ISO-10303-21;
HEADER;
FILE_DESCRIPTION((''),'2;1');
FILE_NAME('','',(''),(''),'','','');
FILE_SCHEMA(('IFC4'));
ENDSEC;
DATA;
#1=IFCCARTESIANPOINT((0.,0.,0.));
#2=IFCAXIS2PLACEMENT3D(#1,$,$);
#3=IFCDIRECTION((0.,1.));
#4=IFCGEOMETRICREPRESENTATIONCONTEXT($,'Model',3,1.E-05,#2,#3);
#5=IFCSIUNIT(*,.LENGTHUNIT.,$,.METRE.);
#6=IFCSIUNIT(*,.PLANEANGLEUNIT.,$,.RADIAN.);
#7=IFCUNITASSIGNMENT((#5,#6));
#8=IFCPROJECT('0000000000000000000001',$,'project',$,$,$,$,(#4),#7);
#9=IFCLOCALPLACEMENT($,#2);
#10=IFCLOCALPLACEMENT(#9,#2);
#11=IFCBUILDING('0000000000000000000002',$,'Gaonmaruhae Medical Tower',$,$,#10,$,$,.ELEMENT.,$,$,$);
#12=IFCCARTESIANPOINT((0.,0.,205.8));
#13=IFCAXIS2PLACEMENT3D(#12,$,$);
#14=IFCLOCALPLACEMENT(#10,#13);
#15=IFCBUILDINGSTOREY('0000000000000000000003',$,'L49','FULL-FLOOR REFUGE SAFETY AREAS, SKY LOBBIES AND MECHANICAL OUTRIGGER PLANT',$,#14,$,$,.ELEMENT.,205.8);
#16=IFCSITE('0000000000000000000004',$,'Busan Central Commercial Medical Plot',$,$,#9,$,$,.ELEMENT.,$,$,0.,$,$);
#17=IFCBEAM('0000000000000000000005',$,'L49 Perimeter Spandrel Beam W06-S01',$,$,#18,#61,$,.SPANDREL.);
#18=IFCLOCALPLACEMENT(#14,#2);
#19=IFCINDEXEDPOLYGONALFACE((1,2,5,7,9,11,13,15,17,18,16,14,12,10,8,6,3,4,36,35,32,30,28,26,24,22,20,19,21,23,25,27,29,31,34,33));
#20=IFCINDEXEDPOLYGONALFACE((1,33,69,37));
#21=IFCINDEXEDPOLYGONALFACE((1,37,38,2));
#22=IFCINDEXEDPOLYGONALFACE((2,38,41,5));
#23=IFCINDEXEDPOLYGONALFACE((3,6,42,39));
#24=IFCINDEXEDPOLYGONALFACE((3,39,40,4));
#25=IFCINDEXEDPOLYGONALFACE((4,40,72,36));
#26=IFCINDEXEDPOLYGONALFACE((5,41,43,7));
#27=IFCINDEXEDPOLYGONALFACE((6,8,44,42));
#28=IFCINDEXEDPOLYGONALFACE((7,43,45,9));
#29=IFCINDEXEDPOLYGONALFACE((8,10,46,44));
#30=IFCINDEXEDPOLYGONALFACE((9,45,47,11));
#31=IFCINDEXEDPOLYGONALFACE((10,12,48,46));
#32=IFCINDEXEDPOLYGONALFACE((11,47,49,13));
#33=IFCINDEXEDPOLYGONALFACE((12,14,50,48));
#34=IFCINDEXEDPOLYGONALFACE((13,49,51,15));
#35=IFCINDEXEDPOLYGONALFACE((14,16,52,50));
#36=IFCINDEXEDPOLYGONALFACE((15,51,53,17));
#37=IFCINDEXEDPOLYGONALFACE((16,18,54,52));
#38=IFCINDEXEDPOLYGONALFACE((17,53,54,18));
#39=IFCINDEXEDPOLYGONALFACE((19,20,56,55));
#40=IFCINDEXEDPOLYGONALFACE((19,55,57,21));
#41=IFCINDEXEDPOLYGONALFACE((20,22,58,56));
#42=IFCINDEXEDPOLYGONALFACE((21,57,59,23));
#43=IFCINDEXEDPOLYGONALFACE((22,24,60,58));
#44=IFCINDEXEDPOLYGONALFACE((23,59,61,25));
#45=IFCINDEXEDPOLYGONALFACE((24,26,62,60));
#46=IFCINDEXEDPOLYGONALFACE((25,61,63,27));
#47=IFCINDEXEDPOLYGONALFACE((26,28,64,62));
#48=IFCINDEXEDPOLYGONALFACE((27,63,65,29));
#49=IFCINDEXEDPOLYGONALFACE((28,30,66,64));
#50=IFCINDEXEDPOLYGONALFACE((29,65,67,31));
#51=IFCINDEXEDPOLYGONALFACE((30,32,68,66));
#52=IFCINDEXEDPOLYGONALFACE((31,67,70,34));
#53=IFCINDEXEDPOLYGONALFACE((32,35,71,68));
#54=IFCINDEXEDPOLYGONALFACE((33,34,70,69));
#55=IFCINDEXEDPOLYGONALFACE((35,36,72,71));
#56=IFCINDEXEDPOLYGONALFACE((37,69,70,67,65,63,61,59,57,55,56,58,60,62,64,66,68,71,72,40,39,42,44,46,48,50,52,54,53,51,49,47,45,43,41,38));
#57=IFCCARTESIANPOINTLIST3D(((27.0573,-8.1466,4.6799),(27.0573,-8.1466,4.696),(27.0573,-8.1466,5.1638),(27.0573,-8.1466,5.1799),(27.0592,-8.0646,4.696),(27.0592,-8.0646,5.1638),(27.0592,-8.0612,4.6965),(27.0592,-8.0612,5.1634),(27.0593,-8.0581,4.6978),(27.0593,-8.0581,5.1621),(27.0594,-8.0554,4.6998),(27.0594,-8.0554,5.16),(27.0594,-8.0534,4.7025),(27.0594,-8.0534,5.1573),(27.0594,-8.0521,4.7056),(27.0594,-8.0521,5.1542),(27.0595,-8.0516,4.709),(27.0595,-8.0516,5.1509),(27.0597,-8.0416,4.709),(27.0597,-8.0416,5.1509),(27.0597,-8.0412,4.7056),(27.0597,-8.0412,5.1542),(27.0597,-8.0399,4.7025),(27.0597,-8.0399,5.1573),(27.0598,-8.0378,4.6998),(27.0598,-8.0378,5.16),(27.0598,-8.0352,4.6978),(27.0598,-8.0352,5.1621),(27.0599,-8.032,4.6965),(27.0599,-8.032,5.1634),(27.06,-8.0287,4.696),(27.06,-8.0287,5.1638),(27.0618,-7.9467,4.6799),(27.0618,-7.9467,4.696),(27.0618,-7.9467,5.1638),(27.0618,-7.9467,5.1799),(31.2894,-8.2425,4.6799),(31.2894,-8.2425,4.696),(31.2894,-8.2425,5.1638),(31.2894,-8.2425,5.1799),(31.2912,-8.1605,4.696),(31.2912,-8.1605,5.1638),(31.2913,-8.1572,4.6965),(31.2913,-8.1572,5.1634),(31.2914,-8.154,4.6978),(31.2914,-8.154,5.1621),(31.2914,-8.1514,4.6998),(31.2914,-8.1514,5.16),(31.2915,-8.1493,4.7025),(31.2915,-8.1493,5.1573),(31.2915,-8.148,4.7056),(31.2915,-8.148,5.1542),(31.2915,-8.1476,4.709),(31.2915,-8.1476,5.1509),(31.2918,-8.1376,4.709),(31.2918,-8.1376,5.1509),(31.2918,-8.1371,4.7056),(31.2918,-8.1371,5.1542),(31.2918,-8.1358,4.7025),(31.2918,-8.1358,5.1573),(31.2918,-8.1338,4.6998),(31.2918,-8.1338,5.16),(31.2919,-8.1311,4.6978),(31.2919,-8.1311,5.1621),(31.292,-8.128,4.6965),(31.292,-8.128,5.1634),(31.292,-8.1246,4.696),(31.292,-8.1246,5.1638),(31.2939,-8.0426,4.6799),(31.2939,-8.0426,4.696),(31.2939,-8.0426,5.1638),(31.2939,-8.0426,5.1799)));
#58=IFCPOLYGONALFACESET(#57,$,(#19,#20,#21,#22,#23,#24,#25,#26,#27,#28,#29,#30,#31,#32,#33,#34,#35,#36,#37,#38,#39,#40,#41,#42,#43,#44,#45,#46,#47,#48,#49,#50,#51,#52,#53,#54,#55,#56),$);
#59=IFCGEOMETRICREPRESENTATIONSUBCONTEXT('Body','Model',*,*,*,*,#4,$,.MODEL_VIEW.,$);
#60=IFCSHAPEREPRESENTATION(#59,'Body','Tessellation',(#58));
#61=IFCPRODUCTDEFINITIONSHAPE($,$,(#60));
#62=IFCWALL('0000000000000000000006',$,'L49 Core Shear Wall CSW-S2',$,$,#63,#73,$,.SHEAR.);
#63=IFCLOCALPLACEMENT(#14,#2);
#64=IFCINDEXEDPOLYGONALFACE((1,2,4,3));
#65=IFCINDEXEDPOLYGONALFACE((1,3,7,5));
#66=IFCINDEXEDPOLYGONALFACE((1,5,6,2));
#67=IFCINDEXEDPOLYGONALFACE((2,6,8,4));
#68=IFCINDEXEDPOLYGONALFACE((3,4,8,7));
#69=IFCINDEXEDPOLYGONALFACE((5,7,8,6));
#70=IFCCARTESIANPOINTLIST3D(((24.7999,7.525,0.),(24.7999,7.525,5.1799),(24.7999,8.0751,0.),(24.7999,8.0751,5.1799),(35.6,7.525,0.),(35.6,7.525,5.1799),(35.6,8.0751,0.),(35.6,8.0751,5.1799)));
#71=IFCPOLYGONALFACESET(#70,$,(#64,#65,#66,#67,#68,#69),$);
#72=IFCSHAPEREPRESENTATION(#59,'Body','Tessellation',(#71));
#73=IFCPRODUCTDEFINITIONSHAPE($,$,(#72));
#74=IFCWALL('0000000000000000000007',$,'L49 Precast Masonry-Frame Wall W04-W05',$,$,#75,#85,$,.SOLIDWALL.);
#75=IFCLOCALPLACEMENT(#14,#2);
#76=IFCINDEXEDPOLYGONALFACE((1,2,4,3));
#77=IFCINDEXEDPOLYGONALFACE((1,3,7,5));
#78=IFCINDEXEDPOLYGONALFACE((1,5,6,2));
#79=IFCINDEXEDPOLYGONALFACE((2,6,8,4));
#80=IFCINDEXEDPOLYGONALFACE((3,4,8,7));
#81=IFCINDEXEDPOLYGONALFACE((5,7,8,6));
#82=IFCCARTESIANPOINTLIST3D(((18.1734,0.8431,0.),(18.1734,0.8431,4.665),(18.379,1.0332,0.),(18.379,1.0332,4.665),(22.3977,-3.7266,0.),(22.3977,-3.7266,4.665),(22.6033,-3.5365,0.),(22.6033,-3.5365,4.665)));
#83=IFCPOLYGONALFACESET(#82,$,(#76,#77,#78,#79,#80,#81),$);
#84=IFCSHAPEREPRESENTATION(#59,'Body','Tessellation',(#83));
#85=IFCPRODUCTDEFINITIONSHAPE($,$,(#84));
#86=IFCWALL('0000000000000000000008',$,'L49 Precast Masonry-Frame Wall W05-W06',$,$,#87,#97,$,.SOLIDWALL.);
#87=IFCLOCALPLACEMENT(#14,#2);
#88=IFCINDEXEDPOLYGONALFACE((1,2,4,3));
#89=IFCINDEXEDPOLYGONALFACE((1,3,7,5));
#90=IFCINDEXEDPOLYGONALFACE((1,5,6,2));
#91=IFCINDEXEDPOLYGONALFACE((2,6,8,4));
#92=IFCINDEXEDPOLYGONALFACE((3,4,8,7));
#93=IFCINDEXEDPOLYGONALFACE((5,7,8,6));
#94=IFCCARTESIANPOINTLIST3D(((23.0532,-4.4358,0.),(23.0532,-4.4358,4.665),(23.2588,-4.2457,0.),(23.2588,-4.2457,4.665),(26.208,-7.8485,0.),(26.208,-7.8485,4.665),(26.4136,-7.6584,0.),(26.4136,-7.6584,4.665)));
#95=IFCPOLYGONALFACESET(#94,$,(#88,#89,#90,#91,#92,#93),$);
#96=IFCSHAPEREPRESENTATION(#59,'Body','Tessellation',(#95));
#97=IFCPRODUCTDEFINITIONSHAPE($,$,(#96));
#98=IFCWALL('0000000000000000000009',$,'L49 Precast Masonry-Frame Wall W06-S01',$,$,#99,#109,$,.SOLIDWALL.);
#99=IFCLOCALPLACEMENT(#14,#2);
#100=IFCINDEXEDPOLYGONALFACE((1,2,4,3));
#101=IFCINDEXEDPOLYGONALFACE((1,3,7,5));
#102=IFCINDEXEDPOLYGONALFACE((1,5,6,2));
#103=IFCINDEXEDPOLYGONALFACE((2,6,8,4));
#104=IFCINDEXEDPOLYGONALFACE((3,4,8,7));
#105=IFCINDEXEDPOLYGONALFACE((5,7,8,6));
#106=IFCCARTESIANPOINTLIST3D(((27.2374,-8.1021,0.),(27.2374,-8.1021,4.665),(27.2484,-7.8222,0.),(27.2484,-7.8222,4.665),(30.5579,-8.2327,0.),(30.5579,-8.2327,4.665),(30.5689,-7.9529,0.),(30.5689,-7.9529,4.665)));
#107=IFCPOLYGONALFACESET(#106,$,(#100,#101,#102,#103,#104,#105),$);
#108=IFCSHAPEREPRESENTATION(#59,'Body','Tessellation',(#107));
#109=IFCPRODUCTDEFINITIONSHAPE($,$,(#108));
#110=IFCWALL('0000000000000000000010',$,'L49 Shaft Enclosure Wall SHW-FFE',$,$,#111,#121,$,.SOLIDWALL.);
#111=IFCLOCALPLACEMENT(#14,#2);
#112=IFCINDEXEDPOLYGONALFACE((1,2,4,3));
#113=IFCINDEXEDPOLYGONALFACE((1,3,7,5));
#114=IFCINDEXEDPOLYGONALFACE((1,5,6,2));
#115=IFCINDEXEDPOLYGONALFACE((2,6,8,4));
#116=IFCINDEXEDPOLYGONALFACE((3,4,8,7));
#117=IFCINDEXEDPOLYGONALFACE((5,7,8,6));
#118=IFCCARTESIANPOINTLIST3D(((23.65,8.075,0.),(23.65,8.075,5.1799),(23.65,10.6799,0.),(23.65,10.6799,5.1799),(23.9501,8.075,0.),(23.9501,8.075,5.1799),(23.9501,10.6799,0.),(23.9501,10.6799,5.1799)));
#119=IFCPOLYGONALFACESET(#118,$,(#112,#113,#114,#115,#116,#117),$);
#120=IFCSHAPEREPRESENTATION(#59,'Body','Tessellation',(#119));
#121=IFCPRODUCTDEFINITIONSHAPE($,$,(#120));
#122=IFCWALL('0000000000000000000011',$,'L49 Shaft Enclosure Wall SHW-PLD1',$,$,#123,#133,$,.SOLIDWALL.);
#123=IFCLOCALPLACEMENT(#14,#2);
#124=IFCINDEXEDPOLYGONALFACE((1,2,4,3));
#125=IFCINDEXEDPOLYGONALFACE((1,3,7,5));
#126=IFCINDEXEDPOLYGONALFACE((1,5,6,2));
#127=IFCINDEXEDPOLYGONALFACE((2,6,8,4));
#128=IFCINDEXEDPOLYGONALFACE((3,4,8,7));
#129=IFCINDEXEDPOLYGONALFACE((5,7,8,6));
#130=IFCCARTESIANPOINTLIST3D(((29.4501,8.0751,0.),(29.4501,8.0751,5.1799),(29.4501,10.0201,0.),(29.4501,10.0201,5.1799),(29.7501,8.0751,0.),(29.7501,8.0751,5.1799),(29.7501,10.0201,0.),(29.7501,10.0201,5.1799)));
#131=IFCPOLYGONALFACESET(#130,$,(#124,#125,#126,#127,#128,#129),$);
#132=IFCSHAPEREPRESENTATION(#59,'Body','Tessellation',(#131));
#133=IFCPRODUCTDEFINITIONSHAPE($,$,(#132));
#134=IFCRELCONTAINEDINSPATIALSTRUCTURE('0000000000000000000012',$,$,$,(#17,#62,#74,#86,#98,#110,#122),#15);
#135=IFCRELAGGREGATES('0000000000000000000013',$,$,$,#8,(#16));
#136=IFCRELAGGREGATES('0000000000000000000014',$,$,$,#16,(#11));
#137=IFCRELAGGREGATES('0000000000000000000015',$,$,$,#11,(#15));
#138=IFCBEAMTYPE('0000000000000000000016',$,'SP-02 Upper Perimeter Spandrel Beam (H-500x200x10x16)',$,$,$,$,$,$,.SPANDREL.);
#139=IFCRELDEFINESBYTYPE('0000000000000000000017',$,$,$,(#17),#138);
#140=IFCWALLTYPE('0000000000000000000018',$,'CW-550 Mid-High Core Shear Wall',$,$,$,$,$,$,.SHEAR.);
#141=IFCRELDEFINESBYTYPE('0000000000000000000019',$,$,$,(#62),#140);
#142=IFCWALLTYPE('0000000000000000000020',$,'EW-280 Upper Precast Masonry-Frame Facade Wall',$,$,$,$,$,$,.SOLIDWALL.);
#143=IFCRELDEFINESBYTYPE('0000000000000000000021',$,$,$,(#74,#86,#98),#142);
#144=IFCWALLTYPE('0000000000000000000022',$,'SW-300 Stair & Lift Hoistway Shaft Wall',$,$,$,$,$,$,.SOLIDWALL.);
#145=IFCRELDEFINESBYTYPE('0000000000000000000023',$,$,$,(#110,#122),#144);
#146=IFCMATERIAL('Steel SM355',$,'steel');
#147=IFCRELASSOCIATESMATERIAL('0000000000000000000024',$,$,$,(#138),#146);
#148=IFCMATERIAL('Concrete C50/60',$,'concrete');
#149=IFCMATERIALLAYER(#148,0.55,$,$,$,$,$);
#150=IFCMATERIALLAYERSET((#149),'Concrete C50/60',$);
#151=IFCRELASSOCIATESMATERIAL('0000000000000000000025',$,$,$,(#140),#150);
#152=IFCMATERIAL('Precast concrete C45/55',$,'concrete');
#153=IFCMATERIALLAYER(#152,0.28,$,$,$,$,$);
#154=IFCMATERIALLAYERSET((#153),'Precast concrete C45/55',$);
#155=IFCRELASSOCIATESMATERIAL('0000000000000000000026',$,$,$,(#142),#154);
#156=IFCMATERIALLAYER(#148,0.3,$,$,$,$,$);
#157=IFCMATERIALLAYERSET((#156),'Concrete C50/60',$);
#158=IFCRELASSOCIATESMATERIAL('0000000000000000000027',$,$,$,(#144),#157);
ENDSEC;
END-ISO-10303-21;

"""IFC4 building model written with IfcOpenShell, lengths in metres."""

from ifc_helpers import new_model, si_unit, direction, frame, frame_2d, origin, origin_2d, place, context, subcontext, project, spatial, rectangle, i_section, extrude, material, layer, layer_set, material_profile, profile_set, type_object, element, save


model = new_model("IFC4")

# Units and contexts
model_context = context("Model", 3, precision=1e-05, world=origin(), true_north=direction((0.0, 1.0)))
body_context = subcontext(model_context, "Body", "Model", "MODEL_VIEW")
ifc_project = project(units=[si_unit("LENGTHUNIT", "METRE"), si_unit("PLANEANGLEUNIT", "RADIAN")], contexts=[model_context])

# Site, building, storey
site_placement = place(None, origin())
site = spatial("IfcSite", under=ifc_project, at=site_placement, Name="Busan Central Commercial Medical Plot", CompositionType="ELEMENT", RefElevation=0.0)
building_placement = place(site_placement, origin())
building = spatial("IfcBuilding", under=site, at=building_placement, Name="Gaonmaruhae Medical Tower", CompositionType="ELEMENT")
storey_placement = place(building_placement, frame((0.0, 0.0, 205.8)))
storey = spatial("IfcBuildingStorey", under=building, at=storey_placement, Name="L49", Description="FULL-FLOOR REFUGE SAFETY AREAS, SKY LOBBIES AND MECHANICAL OUTRIGGER PLANT", CompositionType="ELEMENT", Elevation=205.8)

# Shared definitions
ifc_material_1 = material(Name="Concrete C50/60", Category="concrete")

# Beam
ifc_material_2 = material(Name="Steel SM355", Category="steel")
ifc_material_profile_1 = material_profile(ifc_material_2, i_section(OverallWidth=0.2, OverallDepth=0.5, WebThickness=0.01, FlangeThickness=0.0161, FilletRadius=0.0129, at=origin_2d()), Name="H-500x200x10x16")
ifc_profile_set_1 = profile_set([ifc_material_profile_1], Name="Steel SM355")
beam_type_1 = type_object("IfcBeamType", Name="SP-02 Upper Perimeter Spandrel Beam (H-500x200x10x16)", PredefinedType="SPANDREL", material=ifc_profile_set_1)
beam_1_placement = place(storey_placement, frame((27.0596, -8.0466, 4.9299), z_axis=(0.999743, -0.022665, 0.0), x_axis=(0.022665, 0.999743, 0.0)))
element("IfcBeam", 1, at=beam_1_placement, inside=storey, type_object=beam_type_1, Name="L49 Perimeter Spandrel Beam W06-S01", PredefinedType="SPANDREL", context=body_context, shape_type="SweptSolid", body=[
    extrude(i_section(OverallWidth=0.2, OverallDepth=0.5, WebThickness=0.01, FlangeThickness=0.0161, FilletRadius=0.0129, at=origin_2d()), origin(), (0.0, 0.0, 1.0), 4.2332),
])

# Walls
ifc_layer_1 = layer(ifc_material_1, 0.55)
ifc_layer_set_1 = layer_set([ifc_layer_1], Name="Concrete C50/60")
wall_type_1 = type_object("IfcWallType", Name="CW-550 Mid-High Core Shear Wall", PredefinedType="SHEAR", material=ifc_layer_set_1)
wall_1_placement = place(storey_placement, frame((24.8, 7.8, 0.0), z_axis=(0.0, 0.0, 1.0), x_axis=(1.0, 0.0, 0.0)))
element("IfcWall", 2, at=wall_1_placement, inside=storey, type_object=wall_type_1, Name="L49 Core Shear Wall CSW-S2", PredefinedType="SHEAR", context=body_context, shape_type="SweptSolid", body=[
    extrude(rectangle(XDim=10.8, YDim=0.55, at=frame_2d((5.3999, 0.0))), origin(), (0.0, 0.0, 1.0), 5.1799),
])
ifc_material_3 = material(Name="Precast concrete C45/55", Category="concrete")
ifc_layer_2 = layer(ifc_material_3, 0.28)
ifc_layer_set_2 = layer_set([ifc_layer_2], Name="Precast concrete C45/55")
wall_type_2 = type_object("IfcWallType", Name="EW-280 Upper Precast Masonry-Frame Facade Wall", PredefinedType="SOLIDWALL", material=ifc_layer_set_2)
wall_2_placement = place(storey_placement, frame((22.5005, -3.6316, 0.0), z_axis=(0.0, 0.0, 1.0), x_axis=(-0.678806, 0.734317, 0.0)))
element("IfcWall", 3, at=wall_2_placement, inside=storey, type_object=wall_type_2, Name="L49 Precast Masonry-Frame Wall W04-W05", PredefinedType="SOLIDWALL", context=body_context, shape_type="SweptSolid", body=[
    extrude(rectangle(XDim=6.2231, YDim=0.28, at=frame_2d((3.1116, 0.0))), origin(), (0.0, 0.0, 1.0), 4.665),
])
wall_3_placement = place(storey_placement, frame((26.3108, -7.7534, 0.0), z_axis=(0.0, 0.0, 1.0), x_axis=(-0.678825, 0.7343, 0.0)))
element("IfcWall", 4, at=wall_3_placement, inside=storey, type_object=wall_type_2, Name="L49 Precast Masonry-Frame Wall W05-W06", PredefinedType="SOLIDWALL", context=body_context, shape_type="SweptSolid", body=[
    extrude(rectangle(XDim=4.6475, YDim=0.28, at=frame_2d((2.3237, 0.0))), origin(), (0.0, 0.0, 1.0), 4.665),
])
wall_4_placement = place(storey_placement, frame((30.5635, -8.0928, 0.0), z_axis=(0.0, 0.0, 1.0), x_axis=(-0.999227, 0.039308, 0.0)))
element("IfcWall", 5, at=wall_4_placement, inside=storey, type_object=wall_type_2, Name="L49 Precast Masonry-Frame Wall W06-S01", PredefinedType="SOLIDWALL", context=body_context, shape_type="SweptSolid", body=[
    extrude(rectangle(XDim=3.323, YDim=0.28, at=frame_2d((1.6616, 0.0))), origin(), (0.0, 0.0, 1.0), 4.665),
])
ifc_layer_3 = layer(ifc_material_1, 0.3)
ifc_layer_set_3 = layer_set([ifc_layer_3], Name="Concrete C50/60")
wall_type_3 = type_object("IfcWallType", Name="SW-300 Stair & Lift Hoistway Shaft Wall", PredefinedType="SOLIDWALL", material=ifc_layer_set_3)
wall_5_placement = place(storey_placement, frame((23.8, 8.075, 0.0), z_axis=(0.0, 0.0, 1.0), x_axis=(0.0, 1.0, 0.0)))
element("IfcWall", 6, at=wall_5_placement, inside=storey, type_object=wall_type_3, Name="L49 Shaft Enclosure Wall SHW-FFE", PredefinedType="SOLIDWALL", context=body_context, shape_type="SweptSolid", body=[
    extrude(rectangle(XDim=2.605, YDim=0.3, at=frame_2d((1.3025, 0.0))), origin(), (0.0, 0.0, 1.0), 5.1799),
])
wall_6_placement = place(storey_placement, frame((29.6001, 8.075, 0.0), z_axis=(0.0, 0.0, 1.0), x_axis=(0.0, 1.0, 0.0)))
element("IfcWall", 7, at=wall_6_placement, inside=storey, type_object=wall_type_3, Name="L49 Shaft Enclosure Wall SHW-PLD1", PredefinedType="SOLIDWALL", context=body_context, shape_type="SweptSolid", body=[
    extrude(rectangle(XDim=1.9451, YDim=0.3, at=frame_2d((0.9727, 0.0))), origin(), (0.0, 0.0, 1.0), 5.1799),
])

save(model, "model.ifc")
